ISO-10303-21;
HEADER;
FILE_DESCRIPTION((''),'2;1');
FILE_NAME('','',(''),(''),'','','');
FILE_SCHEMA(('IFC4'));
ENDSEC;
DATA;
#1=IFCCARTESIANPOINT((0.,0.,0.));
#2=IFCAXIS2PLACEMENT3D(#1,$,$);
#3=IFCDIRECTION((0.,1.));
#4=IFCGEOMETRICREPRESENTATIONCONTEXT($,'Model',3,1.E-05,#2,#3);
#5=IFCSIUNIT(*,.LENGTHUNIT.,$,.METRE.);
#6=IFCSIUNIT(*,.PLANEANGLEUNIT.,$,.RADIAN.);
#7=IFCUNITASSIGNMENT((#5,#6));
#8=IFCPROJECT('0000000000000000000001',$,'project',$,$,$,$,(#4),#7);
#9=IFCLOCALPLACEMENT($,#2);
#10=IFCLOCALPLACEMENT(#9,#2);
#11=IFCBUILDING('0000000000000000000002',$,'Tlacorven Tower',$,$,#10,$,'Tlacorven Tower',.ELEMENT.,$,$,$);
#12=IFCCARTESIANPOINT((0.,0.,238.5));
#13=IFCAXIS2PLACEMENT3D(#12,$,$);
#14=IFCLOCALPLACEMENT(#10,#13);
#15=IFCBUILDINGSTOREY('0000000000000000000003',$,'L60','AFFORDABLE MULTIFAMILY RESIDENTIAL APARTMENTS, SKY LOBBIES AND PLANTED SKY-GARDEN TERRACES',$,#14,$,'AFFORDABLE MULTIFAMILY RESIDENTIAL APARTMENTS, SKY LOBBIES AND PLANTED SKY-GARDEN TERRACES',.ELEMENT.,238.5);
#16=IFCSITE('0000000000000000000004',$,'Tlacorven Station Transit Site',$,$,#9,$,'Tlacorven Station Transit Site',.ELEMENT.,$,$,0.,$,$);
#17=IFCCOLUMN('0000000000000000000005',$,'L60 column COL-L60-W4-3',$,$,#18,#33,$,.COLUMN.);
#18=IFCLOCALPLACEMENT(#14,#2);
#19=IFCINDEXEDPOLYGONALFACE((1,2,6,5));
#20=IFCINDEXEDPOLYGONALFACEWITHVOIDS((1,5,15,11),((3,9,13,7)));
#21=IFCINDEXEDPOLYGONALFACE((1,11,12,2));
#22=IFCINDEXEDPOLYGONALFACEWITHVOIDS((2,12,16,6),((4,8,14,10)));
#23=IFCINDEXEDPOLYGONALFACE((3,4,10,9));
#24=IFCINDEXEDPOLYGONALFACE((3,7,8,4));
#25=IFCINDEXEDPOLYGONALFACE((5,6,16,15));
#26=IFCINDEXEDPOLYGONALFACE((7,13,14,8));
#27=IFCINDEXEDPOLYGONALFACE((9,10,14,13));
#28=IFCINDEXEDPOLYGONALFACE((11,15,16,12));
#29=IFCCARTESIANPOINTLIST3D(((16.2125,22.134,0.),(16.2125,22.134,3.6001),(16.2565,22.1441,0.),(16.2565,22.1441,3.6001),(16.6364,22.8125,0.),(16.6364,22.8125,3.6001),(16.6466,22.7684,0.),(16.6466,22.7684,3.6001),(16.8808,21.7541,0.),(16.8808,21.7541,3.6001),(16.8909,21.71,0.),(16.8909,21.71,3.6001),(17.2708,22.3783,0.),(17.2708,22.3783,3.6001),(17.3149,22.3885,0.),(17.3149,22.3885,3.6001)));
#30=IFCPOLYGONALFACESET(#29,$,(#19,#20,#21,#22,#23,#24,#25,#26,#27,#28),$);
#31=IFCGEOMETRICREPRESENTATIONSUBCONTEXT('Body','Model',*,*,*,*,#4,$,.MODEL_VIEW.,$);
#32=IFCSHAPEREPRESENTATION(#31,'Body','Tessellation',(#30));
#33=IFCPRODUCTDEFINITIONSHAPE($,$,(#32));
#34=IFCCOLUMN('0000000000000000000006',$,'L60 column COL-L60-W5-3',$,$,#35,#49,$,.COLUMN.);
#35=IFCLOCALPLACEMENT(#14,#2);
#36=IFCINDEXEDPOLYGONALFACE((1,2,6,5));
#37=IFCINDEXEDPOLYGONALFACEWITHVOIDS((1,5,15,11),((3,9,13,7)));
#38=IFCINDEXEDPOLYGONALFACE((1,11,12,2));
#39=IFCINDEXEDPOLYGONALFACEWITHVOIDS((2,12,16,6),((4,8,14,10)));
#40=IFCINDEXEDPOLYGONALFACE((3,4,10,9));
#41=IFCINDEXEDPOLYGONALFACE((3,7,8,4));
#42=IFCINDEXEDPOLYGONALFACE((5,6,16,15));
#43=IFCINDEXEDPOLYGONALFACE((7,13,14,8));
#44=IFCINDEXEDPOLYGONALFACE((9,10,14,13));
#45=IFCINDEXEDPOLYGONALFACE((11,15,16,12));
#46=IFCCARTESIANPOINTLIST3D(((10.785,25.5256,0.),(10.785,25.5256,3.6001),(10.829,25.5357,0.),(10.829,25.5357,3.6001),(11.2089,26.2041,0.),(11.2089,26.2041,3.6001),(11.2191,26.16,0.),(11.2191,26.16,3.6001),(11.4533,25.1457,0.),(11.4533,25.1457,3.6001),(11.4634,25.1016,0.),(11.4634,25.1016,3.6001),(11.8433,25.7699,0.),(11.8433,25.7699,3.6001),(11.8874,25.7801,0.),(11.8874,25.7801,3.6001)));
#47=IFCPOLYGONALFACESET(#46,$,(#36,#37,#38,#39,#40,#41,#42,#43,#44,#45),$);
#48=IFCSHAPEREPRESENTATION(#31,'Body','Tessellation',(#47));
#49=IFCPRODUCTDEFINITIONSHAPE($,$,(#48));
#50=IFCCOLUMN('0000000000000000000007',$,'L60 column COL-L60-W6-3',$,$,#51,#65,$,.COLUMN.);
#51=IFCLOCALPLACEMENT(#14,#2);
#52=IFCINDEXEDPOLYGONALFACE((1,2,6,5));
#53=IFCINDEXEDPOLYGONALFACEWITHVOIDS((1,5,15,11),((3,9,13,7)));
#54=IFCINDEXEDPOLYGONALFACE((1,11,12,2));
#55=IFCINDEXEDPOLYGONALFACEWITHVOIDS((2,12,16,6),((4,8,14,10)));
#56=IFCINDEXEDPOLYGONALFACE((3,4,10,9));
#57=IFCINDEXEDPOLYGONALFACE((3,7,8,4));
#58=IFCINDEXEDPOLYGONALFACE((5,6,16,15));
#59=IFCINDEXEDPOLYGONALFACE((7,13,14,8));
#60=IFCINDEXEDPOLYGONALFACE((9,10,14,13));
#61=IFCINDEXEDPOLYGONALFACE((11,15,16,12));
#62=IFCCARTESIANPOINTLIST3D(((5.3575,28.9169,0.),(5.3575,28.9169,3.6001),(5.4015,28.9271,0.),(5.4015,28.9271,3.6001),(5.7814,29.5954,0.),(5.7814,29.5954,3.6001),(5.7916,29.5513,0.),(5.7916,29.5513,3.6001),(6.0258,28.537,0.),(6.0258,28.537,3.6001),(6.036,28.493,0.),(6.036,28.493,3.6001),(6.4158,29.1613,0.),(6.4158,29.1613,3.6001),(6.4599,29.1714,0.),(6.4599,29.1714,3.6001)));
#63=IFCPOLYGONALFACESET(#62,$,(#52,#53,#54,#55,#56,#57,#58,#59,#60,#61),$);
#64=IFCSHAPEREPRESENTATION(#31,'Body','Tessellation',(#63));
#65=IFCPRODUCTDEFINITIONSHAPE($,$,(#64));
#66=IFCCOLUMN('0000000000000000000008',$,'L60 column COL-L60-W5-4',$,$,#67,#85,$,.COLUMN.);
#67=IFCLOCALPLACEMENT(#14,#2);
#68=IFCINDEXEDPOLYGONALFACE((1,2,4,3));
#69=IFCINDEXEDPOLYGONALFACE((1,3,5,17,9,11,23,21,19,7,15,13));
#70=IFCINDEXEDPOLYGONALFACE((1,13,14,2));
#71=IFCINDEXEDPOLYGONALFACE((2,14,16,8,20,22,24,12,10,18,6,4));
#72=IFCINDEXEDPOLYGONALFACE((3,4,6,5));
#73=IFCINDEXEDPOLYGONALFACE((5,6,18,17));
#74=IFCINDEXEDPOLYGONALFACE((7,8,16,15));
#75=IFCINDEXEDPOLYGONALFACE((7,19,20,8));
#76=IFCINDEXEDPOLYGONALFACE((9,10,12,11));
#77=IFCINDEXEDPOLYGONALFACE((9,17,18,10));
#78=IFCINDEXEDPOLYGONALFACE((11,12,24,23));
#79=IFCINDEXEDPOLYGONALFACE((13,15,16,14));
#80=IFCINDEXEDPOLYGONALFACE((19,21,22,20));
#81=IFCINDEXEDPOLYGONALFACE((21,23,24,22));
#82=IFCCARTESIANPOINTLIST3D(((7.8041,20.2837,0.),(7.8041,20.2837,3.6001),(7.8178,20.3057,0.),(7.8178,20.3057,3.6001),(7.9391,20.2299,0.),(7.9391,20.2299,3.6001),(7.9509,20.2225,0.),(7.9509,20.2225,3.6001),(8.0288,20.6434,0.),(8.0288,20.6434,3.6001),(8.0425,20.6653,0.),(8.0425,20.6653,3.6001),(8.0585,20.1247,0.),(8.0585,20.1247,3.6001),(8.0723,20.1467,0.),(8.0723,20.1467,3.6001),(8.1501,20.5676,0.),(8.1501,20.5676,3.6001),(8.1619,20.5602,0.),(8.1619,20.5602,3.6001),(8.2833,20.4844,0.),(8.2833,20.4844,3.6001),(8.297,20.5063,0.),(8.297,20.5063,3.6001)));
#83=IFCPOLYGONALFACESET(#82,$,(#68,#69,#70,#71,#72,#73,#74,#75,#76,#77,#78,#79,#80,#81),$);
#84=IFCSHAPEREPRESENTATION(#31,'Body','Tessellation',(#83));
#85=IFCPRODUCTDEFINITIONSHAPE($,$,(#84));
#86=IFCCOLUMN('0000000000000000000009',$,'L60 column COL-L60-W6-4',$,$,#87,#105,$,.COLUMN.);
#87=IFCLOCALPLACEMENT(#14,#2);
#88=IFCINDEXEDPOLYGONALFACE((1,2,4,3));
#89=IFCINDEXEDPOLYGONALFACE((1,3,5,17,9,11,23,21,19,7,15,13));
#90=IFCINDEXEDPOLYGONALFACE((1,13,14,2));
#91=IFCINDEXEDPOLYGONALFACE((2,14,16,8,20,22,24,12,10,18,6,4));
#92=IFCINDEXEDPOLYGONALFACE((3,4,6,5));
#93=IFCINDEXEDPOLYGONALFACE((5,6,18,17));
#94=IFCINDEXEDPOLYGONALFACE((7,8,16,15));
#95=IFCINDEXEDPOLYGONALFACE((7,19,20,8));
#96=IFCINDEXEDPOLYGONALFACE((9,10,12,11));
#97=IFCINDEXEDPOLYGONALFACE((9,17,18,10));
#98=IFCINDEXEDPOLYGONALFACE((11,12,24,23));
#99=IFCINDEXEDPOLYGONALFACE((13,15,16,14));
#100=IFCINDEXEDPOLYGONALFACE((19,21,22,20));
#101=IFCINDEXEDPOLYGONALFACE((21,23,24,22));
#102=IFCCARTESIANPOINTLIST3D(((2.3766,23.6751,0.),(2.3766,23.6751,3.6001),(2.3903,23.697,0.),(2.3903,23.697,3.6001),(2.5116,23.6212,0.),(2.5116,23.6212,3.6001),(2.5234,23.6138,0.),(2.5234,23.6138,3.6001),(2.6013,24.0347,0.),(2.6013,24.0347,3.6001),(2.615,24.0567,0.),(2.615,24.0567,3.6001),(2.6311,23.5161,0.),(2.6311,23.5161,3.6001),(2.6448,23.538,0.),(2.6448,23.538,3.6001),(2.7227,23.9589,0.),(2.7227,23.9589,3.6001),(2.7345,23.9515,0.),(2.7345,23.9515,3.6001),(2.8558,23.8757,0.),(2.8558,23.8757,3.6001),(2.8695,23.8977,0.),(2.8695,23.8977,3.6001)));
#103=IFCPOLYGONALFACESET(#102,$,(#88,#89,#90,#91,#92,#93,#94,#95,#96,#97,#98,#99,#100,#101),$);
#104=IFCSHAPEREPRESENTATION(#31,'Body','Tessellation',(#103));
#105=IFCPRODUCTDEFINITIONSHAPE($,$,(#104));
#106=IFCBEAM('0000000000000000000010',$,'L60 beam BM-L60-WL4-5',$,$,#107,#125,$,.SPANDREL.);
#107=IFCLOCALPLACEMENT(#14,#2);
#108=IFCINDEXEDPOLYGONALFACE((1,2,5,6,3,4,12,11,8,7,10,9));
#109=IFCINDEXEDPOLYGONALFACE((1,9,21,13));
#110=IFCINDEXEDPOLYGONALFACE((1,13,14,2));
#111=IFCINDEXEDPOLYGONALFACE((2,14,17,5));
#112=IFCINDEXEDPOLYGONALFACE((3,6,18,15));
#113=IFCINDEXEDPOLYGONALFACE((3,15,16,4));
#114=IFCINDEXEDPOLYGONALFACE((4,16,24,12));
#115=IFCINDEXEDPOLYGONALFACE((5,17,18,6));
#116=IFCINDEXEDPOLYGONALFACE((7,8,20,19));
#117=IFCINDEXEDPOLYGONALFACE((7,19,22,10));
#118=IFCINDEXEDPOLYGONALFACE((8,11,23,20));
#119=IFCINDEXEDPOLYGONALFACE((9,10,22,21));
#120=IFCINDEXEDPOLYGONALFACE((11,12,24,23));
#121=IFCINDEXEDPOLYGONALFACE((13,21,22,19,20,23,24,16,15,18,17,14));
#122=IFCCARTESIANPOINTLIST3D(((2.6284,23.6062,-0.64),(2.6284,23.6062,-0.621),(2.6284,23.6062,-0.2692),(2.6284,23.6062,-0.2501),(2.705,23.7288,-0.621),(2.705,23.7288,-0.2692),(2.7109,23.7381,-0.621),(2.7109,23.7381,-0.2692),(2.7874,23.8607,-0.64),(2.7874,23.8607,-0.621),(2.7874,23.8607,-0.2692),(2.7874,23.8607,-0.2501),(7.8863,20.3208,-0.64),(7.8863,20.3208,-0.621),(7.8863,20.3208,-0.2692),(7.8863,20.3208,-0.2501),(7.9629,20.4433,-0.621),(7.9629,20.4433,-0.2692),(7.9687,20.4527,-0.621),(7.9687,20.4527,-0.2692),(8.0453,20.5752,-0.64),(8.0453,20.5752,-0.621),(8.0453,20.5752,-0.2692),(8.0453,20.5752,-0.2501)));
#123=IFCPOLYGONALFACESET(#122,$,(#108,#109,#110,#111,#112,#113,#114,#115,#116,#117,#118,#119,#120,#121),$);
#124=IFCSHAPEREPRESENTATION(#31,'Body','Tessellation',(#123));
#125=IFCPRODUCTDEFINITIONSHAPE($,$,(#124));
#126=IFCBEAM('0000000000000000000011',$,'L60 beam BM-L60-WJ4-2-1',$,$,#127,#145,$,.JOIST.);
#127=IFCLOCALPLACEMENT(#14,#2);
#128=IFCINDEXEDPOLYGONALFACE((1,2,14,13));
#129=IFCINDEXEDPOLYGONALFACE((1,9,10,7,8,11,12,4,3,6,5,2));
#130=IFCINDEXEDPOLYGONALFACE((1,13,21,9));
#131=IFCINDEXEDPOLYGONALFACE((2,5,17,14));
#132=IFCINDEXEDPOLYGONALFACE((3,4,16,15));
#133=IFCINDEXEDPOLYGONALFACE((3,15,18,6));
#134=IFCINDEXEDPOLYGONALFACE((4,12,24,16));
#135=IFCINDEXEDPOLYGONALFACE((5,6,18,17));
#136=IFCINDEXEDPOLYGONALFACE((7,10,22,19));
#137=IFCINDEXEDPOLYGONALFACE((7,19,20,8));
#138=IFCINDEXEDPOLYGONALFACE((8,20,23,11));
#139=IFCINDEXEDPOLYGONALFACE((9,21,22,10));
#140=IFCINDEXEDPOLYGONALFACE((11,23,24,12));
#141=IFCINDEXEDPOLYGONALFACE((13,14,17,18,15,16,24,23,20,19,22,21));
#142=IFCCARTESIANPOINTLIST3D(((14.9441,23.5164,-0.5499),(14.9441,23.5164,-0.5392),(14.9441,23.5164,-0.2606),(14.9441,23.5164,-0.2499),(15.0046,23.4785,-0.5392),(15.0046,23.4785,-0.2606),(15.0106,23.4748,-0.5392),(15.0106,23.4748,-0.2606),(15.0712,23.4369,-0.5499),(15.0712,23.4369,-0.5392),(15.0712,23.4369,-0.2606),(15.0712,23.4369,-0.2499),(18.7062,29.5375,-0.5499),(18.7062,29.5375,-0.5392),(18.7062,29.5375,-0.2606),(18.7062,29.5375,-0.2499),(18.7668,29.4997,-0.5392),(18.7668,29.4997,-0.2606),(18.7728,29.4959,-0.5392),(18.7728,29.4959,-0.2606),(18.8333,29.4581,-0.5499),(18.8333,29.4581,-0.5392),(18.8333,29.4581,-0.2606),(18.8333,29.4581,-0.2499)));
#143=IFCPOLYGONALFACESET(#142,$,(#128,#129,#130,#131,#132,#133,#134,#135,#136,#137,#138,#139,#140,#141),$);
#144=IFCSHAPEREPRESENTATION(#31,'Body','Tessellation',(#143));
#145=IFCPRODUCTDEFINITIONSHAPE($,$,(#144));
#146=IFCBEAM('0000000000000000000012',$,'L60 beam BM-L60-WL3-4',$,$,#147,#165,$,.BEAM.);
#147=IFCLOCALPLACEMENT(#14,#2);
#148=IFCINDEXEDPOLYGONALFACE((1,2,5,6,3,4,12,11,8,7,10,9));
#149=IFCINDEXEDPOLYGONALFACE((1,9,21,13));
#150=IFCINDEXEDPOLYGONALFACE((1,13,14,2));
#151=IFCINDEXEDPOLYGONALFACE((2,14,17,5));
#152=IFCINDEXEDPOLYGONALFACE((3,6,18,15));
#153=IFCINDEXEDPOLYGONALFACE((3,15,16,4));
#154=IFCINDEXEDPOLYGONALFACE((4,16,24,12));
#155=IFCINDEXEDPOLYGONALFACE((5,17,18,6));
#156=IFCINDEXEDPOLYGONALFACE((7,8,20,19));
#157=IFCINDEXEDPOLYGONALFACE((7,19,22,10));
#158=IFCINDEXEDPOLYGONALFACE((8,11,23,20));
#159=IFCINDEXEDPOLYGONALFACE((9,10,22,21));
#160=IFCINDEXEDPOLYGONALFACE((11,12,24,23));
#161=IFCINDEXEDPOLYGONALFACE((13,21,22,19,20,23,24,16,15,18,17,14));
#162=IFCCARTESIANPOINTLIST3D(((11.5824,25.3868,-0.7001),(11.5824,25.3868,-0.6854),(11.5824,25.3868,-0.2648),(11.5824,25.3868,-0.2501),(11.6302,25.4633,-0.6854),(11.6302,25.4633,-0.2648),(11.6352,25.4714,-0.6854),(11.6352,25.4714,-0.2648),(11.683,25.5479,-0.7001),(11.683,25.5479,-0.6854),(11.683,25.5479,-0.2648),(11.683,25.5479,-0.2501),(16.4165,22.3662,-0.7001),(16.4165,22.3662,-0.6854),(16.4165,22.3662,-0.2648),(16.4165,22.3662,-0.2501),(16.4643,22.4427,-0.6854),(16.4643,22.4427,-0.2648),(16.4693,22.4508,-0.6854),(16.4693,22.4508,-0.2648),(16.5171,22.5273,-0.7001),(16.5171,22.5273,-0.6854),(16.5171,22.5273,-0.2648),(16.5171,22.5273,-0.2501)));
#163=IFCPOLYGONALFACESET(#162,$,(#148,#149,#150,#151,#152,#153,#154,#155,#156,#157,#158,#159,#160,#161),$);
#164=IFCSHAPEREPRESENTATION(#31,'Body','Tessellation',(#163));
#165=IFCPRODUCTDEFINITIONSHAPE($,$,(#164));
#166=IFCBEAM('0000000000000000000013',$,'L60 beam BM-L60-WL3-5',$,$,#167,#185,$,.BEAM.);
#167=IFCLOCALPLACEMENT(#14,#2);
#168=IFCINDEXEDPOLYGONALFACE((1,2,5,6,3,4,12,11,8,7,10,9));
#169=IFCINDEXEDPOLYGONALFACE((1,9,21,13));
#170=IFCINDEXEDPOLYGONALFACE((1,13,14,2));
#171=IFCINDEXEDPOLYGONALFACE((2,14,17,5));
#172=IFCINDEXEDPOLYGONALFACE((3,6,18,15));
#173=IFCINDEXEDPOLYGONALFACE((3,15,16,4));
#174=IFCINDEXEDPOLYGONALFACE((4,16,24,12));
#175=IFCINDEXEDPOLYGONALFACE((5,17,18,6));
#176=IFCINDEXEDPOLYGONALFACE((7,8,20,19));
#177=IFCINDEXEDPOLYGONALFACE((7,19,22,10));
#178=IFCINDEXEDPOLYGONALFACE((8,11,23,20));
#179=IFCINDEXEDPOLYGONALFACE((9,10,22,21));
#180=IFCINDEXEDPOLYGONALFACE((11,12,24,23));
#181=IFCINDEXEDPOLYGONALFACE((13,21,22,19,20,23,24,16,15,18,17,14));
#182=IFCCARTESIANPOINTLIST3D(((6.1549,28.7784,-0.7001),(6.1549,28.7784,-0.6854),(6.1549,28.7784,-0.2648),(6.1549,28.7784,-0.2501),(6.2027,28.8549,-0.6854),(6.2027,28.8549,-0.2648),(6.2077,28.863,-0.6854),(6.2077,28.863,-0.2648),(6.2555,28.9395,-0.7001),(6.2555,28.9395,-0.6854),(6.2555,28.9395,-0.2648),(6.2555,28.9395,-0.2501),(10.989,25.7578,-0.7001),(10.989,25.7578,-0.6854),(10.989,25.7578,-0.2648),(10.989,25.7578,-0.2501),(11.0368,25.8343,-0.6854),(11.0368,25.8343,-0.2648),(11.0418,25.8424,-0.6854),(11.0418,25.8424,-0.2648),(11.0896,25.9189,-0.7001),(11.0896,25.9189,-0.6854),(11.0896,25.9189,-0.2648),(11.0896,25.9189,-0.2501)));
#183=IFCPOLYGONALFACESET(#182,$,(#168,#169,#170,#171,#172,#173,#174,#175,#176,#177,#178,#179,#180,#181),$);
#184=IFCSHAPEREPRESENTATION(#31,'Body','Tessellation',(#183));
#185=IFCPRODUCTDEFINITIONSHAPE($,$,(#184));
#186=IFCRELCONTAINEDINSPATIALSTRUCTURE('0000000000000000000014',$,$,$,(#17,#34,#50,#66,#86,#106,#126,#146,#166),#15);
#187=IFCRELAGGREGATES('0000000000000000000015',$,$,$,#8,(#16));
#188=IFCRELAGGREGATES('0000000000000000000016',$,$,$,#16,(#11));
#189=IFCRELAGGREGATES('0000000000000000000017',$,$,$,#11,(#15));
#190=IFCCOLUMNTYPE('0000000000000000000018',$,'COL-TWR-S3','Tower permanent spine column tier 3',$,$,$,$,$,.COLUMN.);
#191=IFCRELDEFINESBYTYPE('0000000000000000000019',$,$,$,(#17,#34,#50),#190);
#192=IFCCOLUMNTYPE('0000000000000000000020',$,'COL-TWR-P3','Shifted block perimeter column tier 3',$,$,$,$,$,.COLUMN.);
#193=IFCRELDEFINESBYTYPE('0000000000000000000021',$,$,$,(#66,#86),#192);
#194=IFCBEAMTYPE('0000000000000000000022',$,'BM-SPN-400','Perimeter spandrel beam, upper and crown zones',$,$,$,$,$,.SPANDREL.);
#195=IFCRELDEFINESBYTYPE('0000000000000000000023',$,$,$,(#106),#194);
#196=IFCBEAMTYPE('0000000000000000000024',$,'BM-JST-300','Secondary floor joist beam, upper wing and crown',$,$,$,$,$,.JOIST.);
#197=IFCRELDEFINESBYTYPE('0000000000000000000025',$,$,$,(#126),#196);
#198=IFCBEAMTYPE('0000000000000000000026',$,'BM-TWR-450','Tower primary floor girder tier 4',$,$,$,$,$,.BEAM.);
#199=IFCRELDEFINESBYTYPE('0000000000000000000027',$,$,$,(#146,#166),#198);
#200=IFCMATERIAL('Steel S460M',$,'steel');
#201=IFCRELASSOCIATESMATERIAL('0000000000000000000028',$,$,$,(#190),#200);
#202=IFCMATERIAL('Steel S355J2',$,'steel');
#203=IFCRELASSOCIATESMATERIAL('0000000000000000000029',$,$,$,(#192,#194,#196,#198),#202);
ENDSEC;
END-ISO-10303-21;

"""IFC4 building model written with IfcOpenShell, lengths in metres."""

from ifc_helpers import new_model, si_unit, direction, frame, origin, origin_2d, place, context, subcontext, project, spatial, hollow_rectangle, i_section, extrude, source, transform, mapped, material, material_profile, profile_set, type_object, element, save


model = new_model("IFC4")

# Units and contexts
model_context = context("Model", 3, precision=1e-05, world=origin(), true_north=direction((0.0, 1.0)))
body_context = subcontext(model_context, "Body", "Model", "MODEL_VIEW")
ifc_project = project(units=[si_unit("LENGTHUNIT", "METRE"), si_unit("PLANEANGLEUNIT", "RADIAN")], contexts=[model_context])

# Site, building, storey
site_placement = place(None, origin())
site = spatial("IfcSite", under=ifc_project, at=site_placement, Name="Tlacorven Station Transit Site", LongName="Tlacorven Station Transit Site", CompositionType="ELEMENT", RefElevation=0.0)
building_placement = place(site_placement, origin())
building = spatial("IfcBuilding", under=site, at=building_placement, Name="Tlacorven Tower", LongName="Tlacorven Tower", CompositionType="ELEMENT")
storey_placement = place(building_placement, frame((0.0, 0.0, 238.5)))
storey = spatial("IfcBuildingStorey", under=building, at=storey_placement, Name="L60", Description="AFFORDABLE MULTIFAMILY RESIDENTIAL APARTMENTS, SKY LOBBIES AND PLANTED SKY-GARDEN TERRACES", LongName="AFFORDABLE MULTIFAMILY RESIDENTIAL APARTMENTS, SKY LOBBIES AND PLANTED SKY-GARDEN TERRACES", CompositionType="ELEMENT", Elevation=238.5)

# Columns
ifc_material_1 = material(Name="Steel S460M", Category="steel")
ifc_material_profile_1 = material_profile(ifc_material_1, hollow_rectangle(XDim=0.8, YDim=0.8, WallThickness=0.032, at=origin_2d()), Name="BOX 800X800X32")
ifc_profile_set_1 = profile_set([ifc_material_profile_1], Name="Steel S460M")
column_type_1 = type_object("IfcColumnType", Name="COL-TWR-S3", Description="Tower permanent spine column tier 3", PredefinedType="COLUMN", material=ifc_profile_set_1)
shared_shape_1 = source(origin(), body_context, "Body", "SweptSolid", [
    extrude(hollow_rectangle(XDim=0.8, YDim=0.8, WallThickness=0.032, at=origin_2d()), origin(), (0.0, 0.0, 1.0), 3.6001),
])
for number, where, z_axis, x_axis, name in (
    (1, (16.7637, 22.2612, 0.0), (0.0, 0.0, 1.0), (-0.848048, 0.529919, 0.0), "L60 column COL-L60-W4-3"),
    (2, (11.3362, 25.6528, 0.0), (0.0, 0.0, 1.0), (-0.848048, 0.529919, 0.0), "L60 column COL-L60-W5-3"),
    (3, (5.9087, 29.0442, 0.0), (0.0, 0.0, 1.0), (-0.848048, 0.529919, 0.0), "L60 column COL-L60-W6-3"),
):
    element("IfcColumn", number, at=place(storey_placement, frame(where, z_axis=z_axis, x_axis=x_axis)), inside=storey, type_object=column_type_1, Name=name, PredefinedType="COLUMN", context=body_context, shape_type="MappedRepresentation", body=[
        mapped(shared_shape_1, transform((0.0, 0.0, 0.0), scale=1.0)),
    ])
ifc_material_2 = material(Name="Steel S355J2", Category="steel")
ifc_material_profile_2 = material_profile(ifc_material_2, i_section(OverallWidth=0.3, OverallDepth=0.45, WebThickness=0.0139, FlangeThickness=0.0259, at=origin_2d()), Name="HEB 450")
ifc_profile_set_2 = profile_set([ifc_material_profile_2], Name="Steel S355J2")
column_type_2 = type_object("IfcColumnType", Name="COL-TWR-P3", Description="Shifted block perimeter column tier 3", PredefinedType="COLUMN", material=ifc_profile_set_2)
shared_shape_2 = source(origin(), body_context, "Body", "SweptSolid", [
    extrude(i_section(OverallWidth=0.3, OverallDepth=0.45, WebThickness=0.0139, FlangeThickness=0.0259, at=origin_2d()), origin(), (0.0, 0.0, 1.0), 3.6001),
])
for number, where, z_axis, x_axis, name in (
    (4, (8.0505, 20.395, 0.0), (0.0, 0.0, 1.0), (-0.848048, 0.529919, 0.0), "L60 column COL-L60-W5-4"),
    (5, (2.623, 23.7864, 0.0), (0.0, 0.0, 1.0), (-0.848048, 0.529919, 0.0), "L60 column COL-L60-W6-4"),
):
    element("IfcColumn", number, at=place(storey_placement, frame(where, z_axis=z_axis, x_axis=x_axis)), inside=storey, type_object=column_type_2, Name=name, PredefinedType="COLUMN", context=body_context, shape_type="MappedRepresentation", body=[
        mapped(shared_shape_2, transform((0.0, 0.0, 0.0), scale=1.0)),
    ])

# Beams
ifc_material_profile_3 = material_profile(ifc_material_2, i_section(OverallWidth=0.3, OverallDepth=0.3899, WebThickness=0.011, FlangeThickness=0.019, at=origin_2d()), Name="HEA 400")
ifc_profile_set_3 = profile_set([ifc_material_profile_3], Name="Steel S355J2")
beam_type_1 = type_object("IfcBeamType", Name="BM-SPN-400", Description="Perimeter spandrel beam, upper and crown zones", PredefinedType="SPANDREL", material=ifc_profile_set_3)
shared_shape_3 = source(origin(), body_context, "Body", "SweptSolid", [
    extrude(i_section(OverallWidth=0.3, OverallDepth=0.3899, WebThickness=0.011, FlangeThickness=0.019, at=origin_2d()), origin(), (0.0, 0.0, 1.0), 6.2),
])
beam_1_placement = place(storey_placement, frame((7.9658, 20.448, -0.4451), z_axis=(-0.848051, 0.529914, 0.0), x_axis=(-0.529914, -0.848051, 0.0)))
element("IfcBeam", 6, at=beam_1_placement, inside=storey, type_object=beam_type_1, Name="L60 beam BM-L60-WL4-5", PredefinedType="SPANDREL", context=body_context, shape_type="MappedRepresentation", body=[
    mapped(shared_shape_3, transform((0.0, 0.0, 0.0), scale=1.0)),
])
ifc_material_profile_4 = material_profile(ifc_material_2, i_section(OverallWidth=0.1499, OverallDepth=0.3, WebThickness=0.0071, FlangeThickness=0.0107, at=origin_2d()), Name="IPE 300")
ifc_profile_set_4 = profile_set([ifc_material_profile_4], Name="Steel S355J2")
beam_type_2 = type_object("IfcBeamType", Name="BM-JST-300", Description="Secondary floor joist beam, upper wing and crown", PredefinedType="JOIST", material=ifc_profile_set_4)
shared_shape_4 = source(origin(), body_context, "Body", "SweptSolid", [
    extrude(i_section(OverallWidth=0.1499, OverallDepth=0.3, WebThickness=0.0071, FlangeThickness=0.0107, at=origin_2d()), origin(), (0.0, 0.0, 1.0), 7.0999),
])
beam_2_placement = place(storey_placement, frame((18.7698, 29.4978, -0.3999), z_axis=(-0.529891, -0.848066, 0.0), x_axis=(0.848066, -0.529891, 0.0)))
element("IfcBeam", 7, at=beam_2_placement, inside=storey, type_object=beam_type_2, Name="L60 beam BM-L60-WJ4-2-1", PredefinedType="JOIST", context=body_context, shape_type="MappedRepresentation", body=[
    mapped(shared_shape_4, transform((0.0, 0.0, 0.0), scale=1.0)),
])
ifc_material_profile_5 = material_profile(ifc_material_2, i_section(OverallWidth=0.1899, OverallDepth=0.45, WebThickness=0.0095, FlangeThickness=0.0146, at=origin_2d()), Name="IPE 450")
ifc_profile_set_5 = profile_set([ifc_material_profile_5], Name="Steel S355J2")
beam_type_3 = type_object("IfcBeamType", Name="BM-TWR-450", Description="Tower primary floor girder tier 4", PredefinedType="BEAM", material=ifc_profile_set_5)
shared_shape_5 = source(origin(), body_context, "Body", "SweptSolid", [
    extrude(i_section(OverallWidth=0.1899, OverallDepth=0.45, WebThickness=0.0095, FlangeThickness=0.0146, at=origin_2d()), origin(), (0.0, 0.0, 1.0), 5.7002),
])
for number, where, z_axis, x_axis, name in (
    (8, (16.4668, 22.4468, -0.4751), (-0.848056, 0.529907, 0.0), (-0.529907, -0.848056, 0.0), "L60 beam BM-L60-WL3-4"),
    (9, (11.0393, 25.8384, -0.4751), (-0.848056, 0.529907, 0.0), (-0.529907, -0.848056, 0.0), "L60 beam BM-L60-WL3-5"),
):
    element("IfcBeam", number, at=place(storey_placement, frame(where, z_axis=z_axis, x_axis=x_axis)), inside=storey, type_object=beam_type_3, Name=name, PredefinedType="BEAM", context=body_context, shape_type="MappedRepresentation", body=[
        mapped(shared_shape_5, transform((0.0, 0.0, 0.0), scale=1.0)),
    ])

save(model, "model.ifc")
